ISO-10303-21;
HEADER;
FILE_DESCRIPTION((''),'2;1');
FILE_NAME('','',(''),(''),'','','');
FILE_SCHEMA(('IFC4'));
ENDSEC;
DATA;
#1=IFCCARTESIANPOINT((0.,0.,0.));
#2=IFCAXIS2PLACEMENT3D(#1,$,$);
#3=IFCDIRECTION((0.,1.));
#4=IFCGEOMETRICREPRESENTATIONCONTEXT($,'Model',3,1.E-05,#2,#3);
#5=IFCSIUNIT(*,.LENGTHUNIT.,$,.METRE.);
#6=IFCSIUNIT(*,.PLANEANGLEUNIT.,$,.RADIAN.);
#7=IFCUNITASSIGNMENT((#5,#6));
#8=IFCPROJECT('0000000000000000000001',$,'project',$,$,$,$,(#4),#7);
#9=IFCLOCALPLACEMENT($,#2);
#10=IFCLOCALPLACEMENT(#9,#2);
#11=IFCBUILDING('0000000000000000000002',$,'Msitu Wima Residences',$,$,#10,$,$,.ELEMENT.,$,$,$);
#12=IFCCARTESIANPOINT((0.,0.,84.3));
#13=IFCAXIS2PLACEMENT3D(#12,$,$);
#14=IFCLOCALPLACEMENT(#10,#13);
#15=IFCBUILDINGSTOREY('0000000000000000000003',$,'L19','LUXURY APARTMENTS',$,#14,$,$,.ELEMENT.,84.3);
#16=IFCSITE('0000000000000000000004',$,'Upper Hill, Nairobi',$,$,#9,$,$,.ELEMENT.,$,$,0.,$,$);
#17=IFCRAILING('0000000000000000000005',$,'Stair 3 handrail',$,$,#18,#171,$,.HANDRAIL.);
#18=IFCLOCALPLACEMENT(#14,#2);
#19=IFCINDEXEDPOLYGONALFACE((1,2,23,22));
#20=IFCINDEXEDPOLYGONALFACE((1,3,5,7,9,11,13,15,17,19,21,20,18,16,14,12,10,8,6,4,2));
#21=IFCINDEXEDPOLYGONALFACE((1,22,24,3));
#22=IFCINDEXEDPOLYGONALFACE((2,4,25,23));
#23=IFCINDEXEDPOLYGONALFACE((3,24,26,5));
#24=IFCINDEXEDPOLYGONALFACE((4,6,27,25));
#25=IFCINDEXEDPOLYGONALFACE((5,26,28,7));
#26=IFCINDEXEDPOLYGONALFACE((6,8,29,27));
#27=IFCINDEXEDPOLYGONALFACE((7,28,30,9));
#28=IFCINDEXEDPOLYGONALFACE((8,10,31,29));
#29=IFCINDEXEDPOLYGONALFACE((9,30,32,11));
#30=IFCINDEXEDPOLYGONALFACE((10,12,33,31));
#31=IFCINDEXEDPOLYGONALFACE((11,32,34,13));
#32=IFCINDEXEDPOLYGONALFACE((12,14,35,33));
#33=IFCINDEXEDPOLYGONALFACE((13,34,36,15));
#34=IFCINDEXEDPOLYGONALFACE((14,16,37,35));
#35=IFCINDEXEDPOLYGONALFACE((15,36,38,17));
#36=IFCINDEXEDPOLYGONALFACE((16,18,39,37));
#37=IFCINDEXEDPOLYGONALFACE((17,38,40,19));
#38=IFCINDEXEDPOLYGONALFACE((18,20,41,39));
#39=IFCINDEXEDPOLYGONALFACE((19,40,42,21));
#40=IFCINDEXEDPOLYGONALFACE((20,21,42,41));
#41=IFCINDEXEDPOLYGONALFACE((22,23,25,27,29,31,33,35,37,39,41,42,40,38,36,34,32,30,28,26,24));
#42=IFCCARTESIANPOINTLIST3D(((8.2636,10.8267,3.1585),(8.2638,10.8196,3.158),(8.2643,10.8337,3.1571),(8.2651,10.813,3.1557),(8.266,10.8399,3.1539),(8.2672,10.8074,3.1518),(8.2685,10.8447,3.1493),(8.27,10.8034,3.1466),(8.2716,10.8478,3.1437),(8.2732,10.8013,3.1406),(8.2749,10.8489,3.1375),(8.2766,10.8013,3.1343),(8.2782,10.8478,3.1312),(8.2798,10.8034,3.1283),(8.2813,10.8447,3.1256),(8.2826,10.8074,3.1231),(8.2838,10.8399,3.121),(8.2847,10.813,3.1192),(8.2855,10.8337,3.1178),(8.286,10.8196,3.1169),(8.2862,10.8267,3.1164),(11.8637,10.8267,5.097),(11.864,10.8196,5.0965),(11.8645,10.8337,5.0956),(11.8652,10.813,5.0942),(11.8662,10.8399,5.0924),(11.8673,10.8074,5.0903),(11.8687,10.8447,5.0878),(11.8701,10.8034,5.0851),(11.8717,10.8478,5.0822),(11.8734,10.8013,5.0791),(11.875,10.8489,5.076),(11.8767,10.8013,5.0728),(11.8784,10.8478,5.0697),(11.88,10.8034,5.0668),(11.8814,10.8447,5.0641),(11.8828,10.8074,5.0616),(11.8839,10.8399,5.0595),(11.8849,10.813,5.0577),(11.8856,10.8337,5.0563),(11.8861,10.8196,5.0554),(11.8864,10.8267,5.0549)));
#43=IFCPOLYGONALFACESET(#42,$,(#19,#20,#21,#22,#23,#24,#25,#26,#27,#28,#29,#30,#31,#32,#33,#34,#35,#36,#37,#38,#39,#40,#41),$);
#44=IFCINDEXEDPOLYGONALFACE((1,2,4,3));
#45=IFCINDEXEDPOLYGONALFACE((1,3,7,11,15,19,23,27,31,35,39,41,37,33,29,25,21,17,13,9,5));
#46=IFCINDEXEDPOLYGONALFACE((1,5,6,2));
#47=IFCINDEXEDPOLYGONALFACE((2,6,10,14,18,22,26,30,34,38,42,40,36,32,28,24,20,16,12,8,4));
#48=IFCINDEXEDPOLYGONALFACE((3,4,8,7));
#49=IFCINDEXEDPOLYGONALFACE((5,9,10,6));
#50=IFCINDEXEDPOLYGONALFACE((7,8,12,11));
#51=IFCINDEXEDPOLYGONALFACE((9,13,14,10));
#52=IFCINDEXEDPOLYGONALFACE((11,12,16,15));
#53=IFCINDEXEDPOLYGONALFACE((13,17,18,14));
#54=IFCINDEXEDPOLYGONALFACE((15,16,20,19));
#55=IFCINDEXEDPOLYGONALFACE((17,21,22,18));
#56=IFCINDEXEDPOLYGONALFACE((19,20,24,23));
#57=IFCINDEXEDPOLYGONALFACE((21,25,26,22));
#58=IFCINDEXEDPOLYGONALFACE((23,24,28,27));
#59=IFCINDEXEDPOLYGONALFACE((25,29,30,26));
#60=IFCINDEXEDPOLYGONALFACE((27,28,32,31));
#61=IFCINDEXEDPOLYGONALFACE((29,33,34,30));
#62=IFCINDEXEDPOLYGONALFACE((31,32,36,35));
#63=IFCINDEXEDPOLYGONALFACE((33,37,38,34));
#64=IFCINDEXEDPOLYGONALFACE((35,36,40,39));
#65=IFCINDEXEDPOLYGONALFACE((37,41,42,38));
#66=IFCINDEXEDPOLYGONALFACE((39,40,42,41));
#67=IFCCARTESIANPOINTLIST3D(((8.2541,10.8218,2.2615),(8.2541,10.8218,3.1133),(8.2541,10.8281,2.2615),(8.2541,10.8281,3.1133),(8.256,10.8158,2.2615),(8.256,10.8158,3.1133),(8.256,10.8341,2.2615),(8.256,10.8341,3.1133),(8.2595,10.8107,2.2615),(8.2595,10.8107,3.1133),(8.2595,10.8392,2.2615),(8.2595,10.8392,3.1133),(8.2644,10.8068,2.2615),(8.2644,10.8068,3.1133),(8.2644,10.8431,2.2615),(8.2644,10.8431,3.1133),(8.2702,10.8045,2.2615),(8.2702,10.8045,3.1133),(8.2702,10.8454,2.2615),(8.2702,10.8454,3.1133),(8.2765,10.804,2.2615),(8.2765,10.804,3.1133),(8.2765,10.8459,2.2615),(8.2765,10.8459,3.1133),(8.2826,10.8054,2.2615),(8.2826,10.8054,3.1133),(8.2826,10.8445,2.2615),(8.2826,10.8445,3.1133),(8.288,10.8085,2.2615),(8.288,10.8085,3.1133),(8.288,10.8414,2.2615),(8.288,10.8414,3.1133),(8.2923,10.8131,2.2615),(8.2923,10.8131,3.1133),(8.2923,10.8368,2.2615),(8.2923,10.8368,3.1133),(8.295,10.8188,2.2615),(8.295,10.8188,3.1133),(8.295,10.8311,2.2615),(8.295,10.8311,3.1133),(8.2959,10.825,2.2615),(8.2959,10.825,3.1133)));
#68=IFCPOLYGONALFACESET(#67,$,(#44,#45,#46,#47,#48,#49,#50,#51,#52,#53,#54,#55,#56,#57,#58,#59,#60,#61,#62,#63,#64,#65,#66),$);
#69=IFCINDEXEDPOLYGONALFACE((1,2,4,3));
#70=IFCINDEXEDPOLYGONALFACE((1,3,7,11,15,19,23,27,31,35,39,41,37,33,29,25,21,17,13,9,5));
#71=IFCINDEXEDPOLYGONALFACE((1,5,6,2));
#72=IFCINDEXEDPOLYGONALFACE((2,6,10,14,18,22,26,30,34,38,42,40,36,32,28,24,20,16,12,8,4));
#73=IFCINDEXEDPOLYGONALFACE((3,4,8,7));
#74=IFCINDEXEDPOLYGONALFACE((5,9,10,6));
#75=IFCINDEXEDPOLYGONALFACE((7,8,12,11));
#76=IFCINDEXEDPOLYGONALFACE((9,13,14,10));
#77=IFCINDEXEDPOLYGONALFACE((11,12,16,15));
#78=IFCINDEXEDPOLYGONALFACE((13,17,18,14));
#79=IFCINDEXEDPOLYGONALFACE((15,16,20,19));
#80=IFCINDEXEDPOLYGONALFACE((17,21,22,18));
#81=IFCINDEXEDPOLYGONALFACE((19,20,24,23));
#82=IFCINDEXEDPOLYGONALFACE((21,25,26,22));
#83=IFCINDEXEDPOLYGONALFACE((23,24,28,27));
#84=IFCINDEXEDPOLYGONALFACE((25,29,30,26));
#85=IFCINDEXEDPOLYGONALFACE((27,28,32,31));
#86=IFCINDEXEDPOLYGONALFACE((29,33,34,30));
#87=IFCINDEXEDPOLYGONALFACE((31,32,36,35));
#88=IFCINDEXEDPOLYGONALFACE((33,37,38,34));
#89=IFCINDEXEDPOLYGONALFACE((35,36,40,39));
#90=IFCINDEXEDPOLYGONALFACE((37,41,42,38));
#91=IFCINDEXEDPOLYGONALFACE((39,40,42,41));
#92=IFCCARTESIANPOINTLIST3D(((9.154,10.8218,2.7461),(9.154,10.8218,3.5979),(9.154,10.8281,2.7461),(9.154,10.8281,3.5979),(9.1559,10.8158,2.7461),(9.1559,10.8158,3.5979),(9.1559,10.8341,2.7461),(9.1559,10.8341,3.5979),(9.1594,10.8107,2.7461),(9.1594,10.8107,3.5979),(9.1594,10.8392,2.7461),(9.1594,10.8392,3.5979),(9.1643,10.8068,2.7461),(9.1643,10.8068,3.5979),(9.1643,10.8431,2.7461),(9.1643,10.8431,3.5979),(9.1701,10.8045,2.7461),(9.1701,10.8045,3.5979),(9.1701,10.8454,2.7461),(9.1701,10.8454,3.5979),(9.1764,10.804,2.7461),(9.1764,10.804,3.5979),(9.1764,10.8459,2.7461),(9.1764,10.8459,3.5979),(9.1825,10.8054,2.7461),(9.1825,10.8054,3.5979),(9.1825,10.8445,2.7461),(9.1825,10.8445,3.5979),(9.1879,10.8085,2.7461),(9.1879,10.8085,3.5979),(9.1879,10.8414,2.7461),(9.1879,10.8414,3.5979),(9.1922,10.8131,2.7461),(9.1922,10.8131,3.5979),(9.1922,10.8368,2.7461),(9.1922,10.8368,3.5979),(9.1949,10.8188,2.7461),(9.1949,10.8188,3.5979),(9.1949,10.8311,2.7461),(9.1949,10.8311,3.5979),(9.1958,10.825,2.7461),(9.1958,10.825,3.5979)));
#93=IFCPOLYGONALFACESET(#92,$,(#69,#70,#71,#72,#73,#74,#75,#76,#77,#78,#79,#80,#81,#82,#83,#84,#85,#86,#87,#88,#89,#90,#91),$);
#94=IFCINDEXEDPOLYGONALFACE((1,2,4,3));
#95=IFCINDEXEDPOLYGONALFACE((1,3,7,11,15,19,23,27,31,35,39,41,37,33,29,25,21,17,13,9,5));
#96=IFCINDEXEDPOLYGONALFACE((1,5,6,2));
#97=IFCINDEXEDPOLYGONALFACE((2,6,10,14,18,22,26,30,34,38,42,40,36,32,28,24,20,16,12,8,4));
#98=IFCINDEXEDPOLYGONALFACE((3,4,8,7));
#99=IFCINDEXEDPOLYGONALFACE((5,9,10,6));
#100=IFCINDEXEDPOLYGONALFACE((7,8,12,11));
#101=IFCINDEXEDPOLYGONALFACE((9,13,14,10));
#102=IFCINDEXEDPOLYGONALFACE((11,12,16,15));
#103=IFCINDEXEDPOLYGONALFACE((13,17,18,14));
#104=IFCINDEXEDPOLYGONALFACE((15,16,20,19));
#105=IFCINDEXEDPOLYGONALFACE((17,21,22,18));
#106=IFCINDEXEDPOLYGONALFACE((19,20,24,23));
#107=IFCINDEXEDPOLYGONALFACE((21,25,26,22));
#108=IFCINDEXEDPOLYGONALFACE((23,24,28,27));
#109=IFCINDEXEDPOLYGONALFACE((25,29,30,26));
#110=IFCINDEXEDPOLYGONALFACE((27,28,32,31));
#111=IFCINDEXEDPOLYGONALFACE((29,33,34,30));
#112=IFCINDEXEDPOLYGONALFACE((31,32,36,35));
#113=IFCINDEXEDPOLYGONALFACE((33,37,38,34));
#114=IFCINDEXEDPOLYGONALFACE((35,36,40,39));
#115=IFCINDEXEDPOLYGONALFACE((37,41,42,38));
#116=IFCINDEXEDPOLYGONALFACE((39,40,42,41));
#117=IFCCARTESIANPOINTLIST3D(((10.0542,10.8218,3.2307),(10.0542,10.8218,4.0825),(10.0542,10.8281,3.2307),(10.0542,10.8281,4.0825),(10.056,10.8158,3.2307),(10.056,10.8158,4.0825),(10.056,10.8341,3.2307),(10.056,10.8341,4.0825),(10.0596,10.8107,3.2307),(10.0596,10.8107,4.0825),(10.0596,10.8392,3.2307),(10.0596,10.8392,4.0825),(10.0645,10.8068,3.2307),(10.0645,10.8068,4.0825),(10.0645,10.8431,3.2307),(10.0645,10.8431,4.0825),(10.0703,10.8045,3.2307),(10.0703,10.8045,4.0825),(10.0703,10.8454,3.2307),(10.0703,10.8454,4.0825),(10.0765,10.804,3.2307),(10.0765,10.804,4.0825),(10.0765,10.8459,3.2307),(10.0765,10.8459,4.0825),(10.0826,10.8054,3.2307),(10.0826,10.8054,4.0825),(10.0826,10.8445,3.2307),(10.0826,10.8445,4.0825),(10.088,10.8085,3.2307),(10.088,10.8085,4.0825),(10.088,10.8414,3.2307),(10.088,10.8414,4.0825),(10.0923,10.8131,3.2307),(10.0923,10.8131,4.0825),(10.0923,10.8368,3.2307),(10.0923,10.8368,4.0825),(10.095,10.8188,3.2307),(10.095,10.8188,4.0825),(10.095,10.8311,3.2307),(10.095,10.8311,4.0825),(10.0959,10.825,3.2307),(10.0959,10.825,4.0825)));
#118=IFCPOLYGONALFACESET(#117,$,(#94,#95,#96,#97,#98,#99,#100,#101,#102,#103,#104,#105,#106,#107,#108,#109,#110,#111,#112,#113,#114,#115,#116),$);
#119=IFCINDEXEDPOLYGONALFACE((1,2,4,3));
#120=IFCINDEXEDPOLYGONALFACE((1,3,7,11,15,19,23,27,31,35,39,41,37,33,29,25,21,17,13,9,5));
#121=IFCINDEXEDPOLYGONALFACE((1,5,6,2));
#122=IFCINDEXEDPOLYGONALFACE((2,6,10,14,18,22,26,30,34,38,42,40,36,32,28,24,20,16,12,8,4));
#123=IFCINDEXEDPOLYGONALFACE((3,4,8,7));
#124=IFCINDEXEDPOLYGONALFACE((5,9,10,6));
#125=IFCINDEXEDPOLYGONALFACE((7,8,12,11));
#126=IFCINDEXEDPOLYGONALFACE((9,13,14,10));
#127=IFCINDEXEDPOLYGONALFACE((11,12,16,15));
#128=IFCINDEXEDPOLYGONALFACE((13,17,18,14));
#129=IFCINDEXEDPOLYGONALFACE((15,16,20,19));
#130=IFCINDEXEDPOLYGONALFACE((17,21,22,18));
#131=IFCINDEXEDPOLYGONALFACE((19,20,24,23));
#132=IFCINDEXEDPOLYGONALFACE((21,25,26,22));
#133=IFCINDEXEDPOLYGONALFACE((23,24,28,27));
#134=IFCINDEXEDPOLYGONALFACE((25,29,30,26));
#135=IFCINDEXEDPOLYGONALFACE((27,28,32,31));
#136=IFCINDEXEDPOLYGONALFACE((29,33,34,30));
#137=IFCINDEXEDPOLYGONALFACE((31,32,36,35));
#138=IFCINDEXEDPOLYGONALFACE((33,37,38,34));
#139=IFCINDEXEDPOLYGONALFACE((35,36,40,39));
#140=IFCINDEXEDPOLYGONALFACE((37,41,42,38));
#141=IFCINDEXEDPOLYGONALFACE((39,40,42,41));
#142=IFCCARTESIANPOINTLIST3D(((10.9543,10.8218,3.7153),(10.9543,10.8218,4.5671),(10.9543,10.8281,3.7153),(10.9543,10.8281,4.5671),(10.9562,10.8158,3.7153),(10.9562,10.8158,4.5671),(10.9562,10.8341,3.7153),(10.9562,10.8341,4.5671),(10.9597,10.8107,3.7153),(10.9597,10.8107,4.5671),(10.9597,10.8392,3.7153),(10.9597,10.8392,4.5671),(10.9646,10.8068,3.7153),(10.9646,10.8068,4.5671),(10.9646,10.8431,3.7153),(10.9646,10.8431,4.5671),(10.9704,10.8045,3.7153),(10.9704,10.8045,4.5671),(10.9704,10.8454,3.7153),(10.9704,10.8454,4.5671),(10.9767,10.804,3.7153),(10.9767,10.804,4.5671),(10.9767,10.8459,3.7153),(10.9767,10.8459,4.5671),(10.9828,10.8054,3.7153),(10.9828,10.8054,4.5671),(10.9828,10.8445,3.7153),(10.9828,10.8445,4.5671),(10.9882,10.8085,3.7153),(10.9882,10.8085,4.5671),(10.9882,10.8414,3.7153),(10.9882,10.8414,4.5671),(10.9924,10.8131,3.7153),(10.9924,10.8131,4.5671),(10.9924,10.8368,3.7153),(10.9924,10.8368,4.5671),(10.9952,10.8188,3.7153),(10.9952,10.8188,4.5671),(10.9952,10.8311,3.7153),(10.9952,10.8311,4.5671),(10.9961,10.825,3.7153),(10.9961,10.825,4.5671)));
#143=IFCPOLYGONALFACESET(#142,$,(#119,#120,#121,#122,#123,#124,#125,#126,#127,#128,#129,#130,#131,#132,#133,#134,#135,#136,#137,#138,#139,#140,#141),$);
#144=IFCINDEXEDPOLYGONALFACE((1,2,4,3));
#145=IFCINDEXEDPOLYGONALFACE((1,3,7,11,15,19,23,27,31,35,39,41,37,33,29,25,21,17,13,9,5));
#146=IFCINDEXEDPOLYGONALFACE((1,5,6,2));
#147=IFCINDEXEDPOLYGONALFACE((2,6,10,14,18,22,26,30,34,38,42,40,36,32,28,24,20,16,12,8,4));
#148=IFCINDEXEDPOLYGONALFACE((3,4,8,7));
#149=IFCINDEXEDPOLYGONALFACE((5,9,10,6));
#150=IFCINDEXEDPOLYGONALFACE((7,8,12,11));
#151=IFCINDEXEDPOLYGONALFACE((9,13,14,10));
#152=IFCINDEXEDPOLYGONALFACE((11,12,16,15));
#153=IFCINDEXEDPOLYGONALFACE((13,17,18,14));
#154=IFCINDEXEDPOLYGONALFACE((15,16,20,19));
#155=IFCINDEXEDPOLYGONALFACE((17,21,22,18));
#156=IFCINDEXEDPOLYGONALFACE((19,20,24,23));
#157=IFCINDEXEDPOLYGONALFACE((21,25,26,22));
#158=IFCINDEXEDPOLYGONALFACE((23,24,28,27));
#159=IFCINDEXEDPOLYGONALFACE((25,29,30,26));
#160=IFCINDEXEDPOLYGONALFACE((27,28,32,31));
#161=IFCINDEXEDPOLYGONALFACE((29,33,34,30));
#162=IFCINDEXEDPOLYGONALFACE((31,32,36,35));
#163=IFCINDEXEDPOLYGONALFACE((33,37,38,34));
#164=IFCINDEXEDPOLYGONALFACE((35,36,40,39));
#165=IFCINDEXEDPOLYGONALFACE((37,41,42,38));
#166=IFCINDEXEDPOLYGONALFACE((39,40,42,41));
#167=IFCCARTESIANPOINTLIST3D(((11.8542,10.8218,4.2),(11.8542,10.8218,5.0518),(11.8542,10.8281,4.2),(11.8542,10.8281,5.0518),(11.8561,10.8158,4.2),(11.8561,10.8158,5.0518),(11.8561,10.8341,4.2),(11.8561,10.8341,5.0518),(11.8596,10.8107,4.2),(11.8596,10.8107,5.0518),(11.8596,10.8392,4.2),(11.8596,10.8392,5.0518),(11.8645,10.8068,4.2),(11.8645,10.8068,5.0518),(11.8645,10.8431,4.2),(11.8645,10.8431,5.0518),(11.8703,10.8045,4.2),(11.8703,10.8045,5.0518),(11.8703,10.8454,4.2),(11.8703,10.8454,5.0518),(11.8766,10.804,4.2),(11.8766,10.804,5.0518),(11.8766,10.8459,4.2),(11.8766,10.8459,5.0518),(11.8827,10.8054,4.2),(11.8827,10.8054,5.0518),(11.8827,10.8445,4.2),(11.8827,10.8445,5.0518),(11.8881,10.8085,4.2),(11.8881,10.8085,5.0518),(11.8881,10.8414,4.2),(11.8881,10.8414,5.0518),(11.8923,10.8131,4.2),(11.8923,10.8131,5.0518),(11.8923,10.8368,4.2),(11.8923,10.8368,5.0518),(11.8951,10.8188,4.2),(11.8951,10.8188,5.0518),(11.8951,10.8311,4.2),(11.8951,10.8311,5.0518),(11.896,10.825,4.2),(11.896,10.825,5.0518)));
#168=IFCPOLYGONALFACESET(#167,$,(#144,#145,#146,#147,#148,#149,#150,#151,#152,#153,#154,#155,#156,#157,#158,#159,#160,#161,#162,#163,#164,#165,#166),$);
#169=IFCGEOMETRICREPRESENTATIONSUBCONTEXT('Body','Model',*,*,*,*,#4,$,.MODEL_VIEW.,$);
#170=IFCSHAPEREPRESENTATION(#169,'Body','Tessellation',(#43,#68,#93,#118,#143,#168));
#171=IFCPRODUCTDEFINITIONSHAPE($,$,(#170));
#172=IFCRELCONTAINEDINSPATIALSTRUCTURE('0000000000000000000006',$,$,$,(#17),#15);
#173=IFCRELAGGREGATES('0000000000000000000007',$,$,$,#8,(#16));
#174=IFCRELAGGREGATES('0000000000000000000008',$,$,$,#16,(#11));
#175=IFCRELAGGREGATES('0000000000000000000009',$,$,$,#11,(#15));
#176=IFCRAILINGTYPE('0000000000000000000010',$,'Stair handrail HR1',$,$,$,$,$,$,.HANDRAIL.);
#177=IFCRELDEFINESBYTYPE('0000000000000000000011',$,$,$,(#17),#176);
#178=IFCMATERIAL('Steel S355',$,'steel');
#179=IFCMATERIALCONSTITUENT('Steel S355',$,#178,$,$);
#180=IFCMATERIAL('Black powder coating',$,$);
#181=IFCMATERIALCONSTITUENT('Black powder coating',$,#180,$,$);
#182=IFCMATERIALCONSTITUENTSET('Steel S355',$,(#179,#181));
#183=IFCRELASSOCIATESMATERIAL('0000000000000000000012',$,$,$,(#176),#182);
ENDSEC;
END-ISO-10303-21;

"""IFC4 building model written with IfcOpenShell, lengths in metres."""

from ifc_helpers import new_model, si_unit, direction, frame, origin, origin_2d, place, context, subcontext, project, spatial, circle, extrude, material, constituent, constituent_set, type_object, element, save


model = new_model("IFC4")

# Units and contexts
model_context = context("Model", 3, precision=1e-05, world=origin(), true_north=direction((0.0, 1.0)))
body_context = subcontext(model_context, "Body", "Model", "MODEL_VIEW")
ifc_project = project(units=[si_unit("LENGTHUNIT", "METRE"), si_unit("PLANEANGLEUNIT", "RADIAN")], contexts=[model_context])

# Site, building, storey
site_placement = place(None, origin())
site = spatial("IfcSite", under=ifc_project, at=site_placement, Name="Upper Hill, Nairobi", CompositionType="ELEMENT", RefElevation=0.0)
building_placement = place(site_placement, origin())
building = spatial("IfcBuilding", under=site, at=building_placement, Name="Msitu Wima Residences", CompositionType="ELEMENT")
storey_placement = place(building_placement, frame((0.0, 0.0, 84.3)))
storey = spatial("IfcBuildingStorey", under=building, at=storey_placement, Name="L19", Description="LUXURY APARTMENTS", CompositionType="ELEMENT", Elevation=84.3)

# Railing
ifc_material_1 = material(Name="Steel S355", Category="steel")
ifc_constituent_1 = constituent(ifc_material_1, Name="Steel S355")
ifc_material_2 = material(Name="Black powder coating")
ifc_constituent_2 = constituent(ifc_material_2, Name="Black powder coating")
ifc_constituent_set = constituent_set(constituents=[ifc_constituent_1, ifc_constituent_2], Name="Steel S355")
railing_type = type_object("IfcRailingType", Name="Stair handrail HR1", PredefinedType="HANDRAIL", material=ifc_constituent_set)
for number, where, name in (
    (1, (8.2749, 10.825, 2.2615), "Stair 3 handrail"),
):
    element("IfcRailing", number, at=place(storey_placement, frame(where)), inside=storey, type_object=railing_type, Name=name, PredefinedType="HANDRAIL", context=body_context, shape_type="SweptSolid", body=[
        extrude(circle(Radius=0.0239, at=origin_2d()), frame((0.0, 0.0, 0.876), z_axis=(0.880475, 0.0, 0.474093), x_axis=(0.0, 1.0, 0.0)), (0.0, 0.0, 1.0), 4.0889),
        extrude(circle(Radius=0.021, at=origin_2d()), origin(), (0.0, 0.0, 1.0), 0.8518),
        extrude(circle(Radius=0.021, at=origin_2d()), frame((0.8999, 0.0, 0.4846)), (0.0, 0.0, 1.0), 0.8518),
        extrude(circle(Radius=0.021, at=origin_2d()), frame((1.8, 0.0, 0.9692)), (0.0, 0.0, 1.0), 0.8518),
        extrude(circle(Radius=0.021, at=origin_2d()), frame((2.7002, 0.0, 1.4539)), (0.0, 0.0, 1.0), 0.8518),
        extrude(circle(Radius=0.021, at=origin_2d()), frame((3.6001, 0.0, 1.9385)), (0.0, 0.0, 1.0), 0.8518),
    ])

save(model, "model.ifc")
